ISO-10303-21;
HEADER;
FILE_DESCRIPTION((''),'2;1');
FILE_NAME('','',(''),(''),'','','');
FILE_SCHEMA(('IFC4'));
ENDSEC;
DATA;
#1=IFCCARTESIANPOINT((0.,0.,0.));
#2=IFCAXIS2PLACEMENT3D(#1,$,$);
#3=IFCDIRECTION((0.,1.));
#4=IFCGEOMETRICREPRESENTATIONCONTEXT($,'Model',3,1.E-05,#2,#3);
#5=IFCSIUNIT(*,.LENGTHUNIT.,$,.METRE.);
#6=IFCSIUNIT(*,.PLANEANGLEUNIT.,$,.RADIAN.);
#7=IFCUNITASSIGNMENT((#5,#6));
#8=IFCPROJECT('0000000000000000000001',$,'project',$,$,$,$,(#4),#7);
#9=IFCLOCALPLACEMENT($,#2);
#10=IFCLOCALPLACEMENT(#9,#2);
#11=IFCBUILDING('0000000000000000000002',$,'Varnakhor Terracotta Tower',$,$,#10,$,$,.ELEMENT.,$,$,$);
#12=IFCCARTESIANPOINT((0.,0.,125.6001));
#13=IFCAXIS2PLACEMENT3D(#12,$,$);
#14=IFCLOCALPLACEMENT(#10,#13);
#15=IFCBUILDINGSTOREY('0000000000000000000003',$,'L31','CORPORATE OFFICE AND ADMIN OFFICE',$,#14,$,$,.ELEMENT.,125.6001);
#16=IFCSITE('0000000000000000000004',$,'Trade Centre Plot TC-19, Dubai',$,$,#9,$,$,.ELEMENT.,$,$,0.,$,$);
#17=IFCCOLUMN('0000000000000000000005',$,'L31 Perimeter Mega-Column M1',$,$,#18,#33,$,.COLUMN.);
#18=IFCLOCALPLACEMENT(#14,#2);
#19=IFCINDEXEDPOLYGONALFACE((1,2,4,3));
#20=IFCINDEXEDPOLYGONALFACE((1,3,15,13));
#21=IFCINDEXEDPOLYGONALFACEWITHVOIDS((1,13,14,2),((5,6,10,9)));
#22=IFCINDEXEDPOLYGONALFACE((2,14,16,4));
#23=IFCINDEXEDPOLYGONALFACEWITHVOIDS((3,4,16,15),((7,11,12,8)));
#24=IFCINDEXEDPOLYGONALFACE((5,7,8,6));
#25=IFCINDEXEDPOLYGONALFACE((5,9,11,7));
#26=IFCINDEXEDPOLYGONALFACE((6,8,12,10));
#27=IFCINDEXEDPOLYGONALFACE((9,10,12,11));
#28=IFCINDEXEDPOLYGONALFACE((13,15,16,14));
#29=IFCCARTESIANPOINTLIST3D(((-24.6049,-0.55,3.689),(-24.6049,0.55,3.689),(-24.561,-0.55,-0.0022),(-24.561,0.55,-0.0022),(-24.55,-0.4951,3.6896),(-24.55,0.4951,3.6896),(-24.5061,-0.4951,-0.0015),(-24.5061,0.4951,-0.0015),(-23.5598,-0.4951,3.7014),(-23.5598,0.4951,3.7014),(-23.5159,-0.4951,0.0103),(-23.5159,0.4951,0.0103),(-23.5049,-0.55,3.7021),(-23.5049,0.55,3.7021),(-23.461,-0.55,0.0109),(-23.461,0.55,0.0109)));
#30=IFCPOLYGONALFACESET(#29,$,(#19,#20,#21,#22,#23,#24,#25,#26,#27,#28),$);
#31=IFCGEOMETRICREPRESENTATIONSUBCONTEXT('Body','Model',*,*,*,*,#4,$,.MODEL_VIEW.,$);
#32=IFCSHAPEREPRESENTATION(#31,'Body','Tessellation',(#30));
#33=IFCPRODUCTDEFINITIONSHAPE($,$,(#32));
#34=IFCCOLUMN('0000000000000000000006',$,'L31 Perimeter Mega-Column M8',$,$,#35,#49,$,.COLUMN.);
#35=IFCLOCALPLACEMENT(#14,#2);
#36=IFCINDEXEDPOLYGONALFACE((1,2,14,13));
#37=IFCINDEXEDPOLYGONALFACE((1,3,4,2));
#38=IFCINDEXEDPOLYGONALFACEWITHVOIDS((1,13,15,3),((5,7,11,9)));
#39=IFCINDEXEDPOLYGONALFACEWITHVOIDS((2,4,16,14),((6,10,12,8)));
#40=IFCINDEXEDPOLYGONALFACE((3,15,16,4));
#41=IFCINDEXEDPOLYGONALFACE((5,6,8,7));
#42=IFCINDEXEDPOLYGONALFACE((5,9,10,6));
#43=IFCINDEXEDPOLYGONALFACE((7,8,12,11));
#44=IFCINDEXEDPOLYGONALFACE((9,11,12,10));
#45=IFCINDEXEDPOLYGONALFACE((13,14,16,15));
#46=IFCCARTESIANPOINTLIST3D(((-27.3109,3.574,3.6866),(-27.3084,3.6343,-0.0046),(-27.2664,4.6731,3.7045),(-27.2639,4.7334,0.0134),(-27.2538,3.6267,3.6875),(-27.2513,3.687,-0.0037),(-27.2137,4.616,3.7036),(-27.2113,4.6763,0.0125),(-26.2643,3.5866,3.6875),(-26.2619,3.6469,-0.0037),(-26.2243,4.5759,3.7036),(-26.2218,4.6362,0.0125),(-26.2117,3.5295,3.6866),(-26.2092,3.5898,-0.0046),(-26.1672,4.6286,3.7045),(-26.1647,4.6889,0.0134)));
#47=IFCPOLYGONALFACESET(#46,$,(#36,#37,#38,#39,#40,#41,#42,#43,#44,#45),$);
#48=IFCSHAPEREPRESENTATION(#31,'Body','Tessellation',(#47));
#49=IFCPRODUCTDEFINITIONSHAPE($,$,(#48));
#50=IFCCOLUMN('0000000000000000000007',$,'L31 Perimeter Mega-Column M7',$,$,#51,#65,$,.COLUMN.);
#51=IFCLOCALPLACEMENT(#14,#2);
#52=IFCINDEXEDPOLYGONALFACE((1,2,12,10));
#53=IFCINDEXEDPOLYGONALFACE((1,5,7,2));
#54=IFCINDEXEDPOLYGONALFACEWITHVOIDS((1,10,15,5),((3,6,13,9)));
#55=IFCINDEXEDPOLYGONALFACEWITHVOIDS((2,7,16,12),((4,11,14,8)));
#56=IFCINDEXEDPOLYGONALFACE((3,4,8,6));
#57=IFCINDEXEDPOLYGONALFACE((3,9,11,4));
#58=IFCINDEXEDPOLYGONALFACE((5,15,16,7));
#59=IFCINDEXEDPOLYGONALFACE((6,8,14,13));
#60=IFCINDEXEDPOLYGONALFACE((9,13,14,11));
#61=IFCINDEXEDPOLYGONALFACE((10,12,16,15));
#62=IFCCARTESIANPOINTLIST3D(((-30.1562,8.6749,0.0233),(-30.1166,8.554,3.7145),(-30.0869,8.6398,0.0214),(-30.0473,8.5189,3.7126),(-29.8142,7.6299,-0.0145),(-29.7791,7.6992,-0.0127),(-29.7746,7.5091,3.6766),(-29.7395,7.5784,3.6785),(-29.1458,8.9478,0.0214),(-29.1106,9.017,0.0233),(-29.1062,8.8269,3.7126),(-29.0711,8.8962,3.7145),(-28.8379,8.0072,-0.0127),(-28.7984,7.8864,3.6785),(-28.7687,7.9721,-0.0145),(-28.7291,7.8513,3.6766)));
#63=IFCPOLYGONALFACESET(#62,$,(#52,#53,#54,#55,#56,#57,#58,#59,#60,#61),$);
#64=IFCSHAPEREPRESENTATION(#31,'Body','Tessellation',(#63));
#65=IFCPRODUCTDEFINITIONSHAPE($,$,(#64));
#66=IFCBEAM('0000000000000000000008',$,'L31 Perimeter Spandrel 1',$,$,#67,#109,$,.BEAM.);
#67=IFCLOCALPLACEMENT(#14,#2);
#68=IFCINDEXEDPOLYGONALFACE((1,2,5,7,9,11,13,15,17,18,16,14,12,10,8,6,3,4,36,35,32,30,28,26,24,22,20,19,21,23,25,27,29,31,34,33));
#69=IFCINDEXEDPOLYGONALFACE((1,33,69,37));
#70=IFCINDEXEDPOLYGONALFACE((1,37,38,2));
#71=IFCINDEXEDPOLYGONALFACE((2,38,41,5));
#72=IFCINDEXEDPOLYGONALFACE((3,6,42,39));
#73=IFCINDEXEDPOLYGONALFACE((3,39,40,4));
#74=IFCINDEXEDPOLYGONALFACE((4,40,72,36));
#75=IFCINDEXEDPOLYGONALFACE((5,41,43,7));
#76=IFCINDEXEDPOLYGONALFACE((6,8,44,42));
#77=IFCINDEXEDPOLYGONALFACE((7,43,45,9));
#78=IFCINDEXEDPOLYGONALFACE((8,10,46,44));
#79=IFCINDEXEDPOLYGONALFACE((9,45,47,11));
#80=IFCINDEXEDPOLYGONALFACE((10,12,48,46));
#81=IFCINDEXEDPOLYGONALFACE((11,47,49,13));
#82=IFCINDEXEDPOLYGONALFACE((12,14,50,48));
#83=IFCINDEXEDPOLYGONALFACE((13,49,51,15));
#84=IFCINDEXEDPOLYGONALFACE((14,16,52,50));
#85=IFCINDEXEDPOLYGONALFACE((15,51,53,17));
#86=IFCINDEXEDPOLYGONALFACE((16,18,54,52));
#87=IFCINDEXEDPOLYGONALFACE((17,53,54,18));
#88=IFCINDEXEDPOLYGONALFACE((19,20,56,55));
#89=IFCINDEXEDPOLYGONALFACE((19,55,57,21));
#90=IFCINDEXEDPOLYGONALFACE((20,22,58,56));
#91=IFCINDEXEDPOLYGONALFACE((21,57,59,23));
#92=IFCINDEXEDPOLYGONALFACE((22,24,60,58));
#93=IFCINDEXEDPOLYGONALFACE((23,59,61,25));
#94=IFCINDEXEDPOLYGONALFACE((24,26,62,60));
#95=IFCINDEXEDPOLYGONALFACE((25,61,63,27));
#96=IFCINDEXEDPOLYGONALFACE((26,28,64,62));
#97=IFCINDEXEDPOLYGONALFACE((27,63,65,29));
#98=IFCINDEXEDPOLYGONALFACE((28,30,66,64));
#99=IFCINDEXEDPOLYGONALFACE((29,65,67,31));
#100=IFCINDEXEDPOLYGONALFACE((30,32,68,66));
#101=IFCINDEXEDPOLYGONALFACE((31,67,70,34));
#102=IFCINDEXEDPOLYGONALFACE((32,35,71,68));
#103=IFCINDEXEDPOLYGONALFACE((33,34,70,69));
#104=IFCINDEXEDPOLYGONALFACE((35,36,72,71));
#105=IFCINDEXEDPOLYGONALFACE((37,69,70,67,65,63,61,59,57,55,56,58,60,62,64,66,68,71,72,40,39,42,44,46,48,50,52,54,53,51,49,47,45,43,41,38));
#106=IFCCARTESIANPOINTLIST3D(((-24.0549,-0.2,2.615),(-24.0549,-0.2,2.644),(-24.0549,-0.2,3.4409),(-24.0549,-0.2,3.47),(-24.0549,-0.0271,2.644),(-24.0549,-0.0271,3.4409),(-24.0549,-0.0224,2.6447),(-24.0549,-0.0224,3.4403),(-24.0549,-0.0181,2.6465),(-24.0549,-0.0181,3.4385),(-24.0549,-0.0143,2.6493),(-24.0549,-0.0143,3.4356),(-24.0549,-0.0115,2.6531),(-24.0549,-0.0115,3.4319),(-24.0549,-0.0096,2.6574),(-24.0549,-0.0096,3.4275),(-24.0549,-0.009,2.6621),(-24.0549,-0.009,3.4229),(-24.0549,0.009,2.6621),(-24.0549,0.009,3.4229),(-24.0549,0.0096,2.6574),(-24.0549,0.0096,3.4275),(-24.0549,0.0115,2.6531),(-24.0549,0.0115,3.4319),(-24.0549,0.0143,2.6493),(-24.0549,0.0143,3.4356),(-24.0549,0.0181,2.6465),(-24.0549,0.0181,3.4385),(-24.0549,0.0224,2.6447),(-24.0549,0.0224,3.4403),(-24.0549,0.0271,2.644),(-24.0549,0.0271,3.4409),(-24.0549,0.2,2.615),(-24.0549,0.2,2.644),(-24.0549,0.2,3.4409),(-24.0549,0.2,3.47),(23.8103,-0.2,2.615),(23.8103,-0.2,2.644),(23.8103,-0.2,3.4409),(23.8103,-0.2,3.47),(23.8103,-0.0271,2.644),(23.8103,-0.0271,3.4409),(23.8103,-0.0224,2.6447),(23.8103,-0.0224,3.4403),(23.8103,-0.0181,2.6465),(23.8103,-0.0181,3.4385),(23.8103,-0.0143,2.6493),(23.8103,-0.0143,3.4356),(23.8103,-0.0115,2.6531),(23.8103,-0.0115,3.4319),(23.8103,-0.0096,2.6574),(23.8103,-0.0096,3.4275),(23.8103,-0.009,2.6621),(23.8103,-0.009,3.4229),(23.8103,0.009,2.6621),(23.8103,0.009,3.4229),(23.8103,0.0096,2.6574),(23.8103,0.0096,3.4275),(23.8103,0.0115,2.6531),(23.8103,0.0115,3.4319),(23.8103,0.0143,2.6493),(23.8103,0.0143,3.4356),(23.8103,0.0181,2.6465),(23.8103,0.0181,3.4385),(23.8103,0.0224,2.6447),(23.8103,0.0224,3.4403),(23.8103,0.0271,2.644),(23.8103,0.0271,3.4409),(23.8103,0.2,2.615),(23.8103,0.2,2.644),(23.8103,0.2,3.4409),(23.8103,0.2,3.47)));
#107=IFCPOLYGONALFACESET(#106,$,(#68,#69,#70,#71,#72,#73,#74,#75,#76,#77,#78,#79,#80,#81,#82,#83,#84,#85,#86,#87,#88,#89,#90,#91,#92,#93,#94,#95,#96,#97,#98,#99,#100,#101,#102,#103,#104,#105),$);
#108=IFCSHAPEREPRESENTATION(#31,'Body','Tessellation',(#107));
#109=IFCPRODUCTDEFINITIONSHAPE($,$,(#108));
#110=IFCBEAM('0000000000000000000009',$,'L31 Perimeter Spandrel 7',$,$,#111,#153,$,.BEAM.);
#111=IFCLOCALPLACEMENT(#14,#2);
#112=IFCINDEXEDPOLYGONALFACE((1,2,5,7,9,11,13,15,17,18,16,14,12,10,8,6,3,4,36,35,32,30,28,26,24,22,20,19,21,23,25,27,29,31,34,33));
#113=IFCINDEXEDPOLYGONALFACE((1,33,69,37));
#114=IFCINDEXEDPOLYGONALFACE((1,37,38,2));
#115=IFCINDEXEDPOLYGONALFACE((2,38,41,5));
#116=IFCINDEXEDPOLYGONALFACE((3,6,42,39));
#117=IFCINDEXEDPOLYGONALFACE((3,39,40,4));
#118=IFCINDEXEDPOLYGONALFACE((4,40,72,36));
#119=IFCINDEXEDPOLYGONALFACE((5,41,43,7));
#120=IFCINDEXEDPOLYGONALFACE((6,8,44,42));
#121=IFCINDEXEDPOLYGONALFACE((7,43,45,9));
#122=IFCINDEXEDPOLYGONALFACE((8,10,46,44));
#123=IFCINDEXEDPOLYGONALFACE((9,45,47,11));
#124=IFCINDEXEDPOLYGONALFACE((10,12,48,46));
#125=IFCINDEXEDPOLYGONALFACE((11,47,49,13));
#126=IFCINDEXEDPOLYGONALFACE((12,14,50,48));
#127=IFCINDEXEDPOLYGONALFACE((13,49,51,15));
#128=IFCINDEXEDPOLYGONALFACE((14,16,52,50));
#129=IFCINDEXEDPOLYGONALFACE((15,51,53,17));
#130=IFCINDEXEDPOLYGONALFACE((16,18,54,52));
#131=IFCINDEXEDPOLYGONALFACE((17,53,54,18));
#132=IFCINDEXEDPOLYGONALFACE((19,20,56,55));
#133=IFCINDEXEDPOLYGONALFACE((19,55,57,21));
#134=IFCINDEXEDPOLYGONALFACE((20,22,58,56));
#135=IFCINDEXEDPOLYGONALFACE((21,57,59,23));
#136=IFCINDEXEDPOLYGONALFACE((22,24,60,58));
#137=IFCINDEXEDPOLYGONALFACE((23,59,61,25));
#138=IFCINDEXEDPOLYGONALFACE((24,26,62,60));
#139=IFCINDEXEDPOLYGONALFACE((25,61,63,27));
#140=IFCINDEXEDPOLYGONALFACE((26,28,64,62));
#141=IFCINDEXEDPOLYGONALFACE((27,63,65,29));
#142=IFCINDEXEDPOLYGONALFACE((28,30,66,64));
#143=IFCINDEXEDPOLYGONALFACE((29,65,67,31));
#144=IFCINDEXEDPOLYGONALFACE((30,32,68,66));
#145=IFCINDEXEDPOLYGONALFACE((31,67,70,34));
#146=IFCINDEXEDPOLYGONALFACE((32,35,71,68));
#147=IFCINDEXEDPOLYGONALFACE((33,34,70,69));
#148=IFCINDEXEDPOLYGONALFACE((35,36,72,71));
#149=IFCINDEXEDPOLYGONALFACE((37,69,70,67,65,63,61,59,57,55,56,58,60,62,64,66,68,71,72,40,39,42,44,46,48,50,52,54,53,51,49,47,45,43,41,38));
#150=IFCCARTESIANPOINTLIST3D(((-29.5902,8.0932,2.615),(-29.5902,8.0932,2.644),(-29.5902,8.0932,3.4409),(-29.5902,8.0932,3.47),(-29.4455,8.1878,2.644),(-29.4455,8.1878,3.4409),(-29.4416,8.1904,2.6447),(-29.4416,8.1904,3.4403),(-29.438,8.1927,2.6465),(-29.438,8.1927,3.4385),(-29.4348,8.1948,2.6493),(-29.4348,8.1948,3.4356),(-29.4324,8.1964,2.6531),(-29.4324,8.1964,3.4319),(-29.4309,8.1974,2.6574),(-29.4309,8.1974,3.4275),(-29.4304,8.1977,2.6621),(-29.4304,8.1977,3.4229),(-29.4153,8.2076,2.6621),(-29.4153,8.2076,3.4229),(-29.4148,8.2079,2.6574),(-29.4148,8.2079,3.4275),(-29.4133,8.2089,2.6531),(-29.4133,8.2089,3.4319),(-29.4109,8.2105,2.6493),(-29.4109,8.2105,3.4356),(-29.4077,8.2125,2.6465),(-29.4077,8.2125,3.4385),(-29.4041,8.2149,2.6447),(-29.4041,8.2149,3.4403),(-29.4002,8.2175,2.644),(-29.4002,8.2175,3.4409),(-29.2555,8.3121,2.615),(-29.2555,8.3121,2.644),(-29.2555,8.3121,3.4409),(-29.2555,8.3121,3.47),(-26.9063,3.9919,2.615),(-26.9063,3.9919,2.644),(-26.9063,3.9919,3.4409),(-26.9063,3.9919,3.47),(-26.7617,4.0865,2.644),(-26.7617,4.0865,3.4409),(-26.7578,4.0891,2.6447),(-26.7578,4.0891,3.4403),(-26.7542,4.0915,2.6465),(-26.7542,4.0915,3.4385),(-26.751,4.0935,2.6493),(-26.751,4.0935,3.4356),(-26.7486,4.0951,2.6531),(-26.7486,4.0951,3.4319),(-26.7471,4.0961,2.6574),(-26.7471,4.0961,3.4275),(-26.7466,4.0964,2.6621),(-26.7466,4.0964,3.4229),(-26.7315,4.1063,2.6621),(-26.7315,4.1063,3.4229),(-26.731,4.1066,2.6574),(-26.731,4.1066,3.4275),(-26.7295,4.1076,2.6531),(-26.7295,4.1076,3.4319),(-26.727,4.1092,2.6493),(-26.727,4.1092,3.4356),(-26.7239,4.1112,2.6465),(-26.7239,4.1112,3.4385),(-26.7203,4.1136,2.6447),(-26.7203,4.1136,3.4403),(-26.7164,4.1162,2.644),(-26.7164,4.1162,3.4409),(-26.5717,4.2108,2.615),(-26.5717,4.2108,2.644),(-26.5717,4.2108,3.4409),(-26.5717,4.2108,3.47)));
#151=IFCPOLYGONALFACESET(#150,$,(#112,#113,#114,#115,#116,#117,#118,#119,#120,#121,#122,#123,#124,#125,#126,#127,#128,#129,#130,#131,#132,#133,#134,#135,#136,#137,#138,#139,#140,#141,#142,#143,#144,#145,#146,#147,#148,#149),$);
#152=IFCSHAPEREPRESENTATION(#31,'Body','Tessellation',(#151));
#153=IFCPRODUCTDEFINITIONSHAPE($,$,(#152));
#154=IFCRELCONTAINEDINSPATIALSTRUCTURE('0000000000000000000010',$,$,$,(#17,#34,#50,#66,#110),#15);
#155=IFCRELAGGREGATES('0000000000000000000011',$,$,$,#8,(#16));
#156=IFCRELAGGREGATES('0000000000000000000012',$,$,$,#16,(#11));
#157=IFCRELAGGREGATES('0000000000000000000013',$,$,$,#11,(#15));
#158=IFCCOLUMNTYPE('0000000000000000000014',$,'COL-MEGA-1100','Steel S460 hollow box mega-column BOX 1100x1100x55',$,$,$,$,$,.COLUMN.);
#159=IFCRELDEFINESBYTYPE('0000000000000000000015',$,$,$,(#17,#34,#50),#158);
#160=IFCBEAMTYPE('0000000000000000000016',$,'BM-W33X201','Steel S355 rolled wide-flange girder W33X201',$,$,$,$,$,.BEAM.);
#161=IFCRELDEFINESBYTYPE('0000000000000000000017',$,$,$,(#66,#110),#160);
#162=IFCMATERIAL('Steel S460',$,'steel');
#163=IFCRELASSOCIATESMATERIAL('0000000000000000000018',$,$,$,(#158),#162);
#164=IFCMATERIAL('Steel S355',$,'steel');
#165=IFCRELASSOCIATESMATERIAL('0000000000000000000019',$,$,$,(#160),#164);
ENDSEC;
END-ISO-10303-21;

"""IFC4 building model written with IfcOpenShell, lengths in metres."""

from ifc_helpers import new_model, si_unit, direction, frame, origin, origin_2d, place, context, subcontext, project, spatial, hollow_rectangle, i_section, extrude, source, transform, mapped, material, material_profile, profile_set, type_object, element, save


model = new_model("IFC4")

# Units and contexts
model_context = context("Model", 3, precision=1e-05, world=origin(), true_north=direction((0.0, 1.0)))
body_context = subcontext(model_context, "Body", "Model", "MODEL_VIEW")
ifc_project = project(units=[si_unit("LENGTHUNIT", "METRE"), si_unit("PLANEANGLEUNIT", "RADIAN")], contexts=[model_context])

# Site, building, storey
site_placement = place(None, origin())
site = spatial("IfcSite", under=ifc_project, at=site_placement, Name="Trade Centre Plot TC-19, Dubai", CompositionType="ELEMENT", RefElevation=0.0)
building_placement = place(site_placement, origin())
building = spatial("IfcBuilding", under=site, at=building_placement, Name="Varnakhor Terracotta Tower", CompositionType="ELEMENT")
storey_placement = place(building_placement, frame((0.0, 0.0, 125.6001)))
storey = spatial("IfcBuildingStorey", under=building, at=storey_placement, Name="L31", Description="CORPORATE OFFICE AND ADMIN OFFICE", CompositionType="ELEMENT", Elevation=125.6001)

# Columns
ifc_material_1 = material(Name="Steel S460", Category="steel")
ifc_material_profile_1 = material_profile(ifc_material_1, hollow_rectangle(XDim=1.1001, YDim=1.1001, WallThickness=0.0549, at=origin_2d()), Name="BOX 1100x1100x55")
ifc_profile_set_1 = profile_set([ifc_material_profile_1], Name="Steel S460")
column_type = type_object("IfcColumnType", Name="COL-MEGA-1100", Description="Steel S460 hollow box mega-column BOX 1100x1100x55", PredefinedType="COLUMN", material=ifc_profile_set_1)
shared_shape_1 = source(origin(), body_context, "Body", "SweptSolid", [
    extrude(hollow_rectangle(XDim=1.1001, YDim=1.1001, WallThickness=0.0549, at=origin_2d()), origin(), (0.0, 0.0, 1.0), 3.6914),
])
column_1_placement = place(storey_placement, frame((-24.011, 0.0, 0.0044), z_axis=(-0.011905, 0.0, 0.999929), x_axis=(0.0, -1.0, 0.0)))
element("IfcColumn", 1, at=column_1_placement, inside=storey, type_object=column_type, Name="L31 Perimeter Mega-Column M1", PredefinedType="COLUMN", context=body_context, shape_type="MappedRepresentation", body=[
    mapped(shared_shape_1, transform((0.0, 0.0, 0.0), scale=1.0)),
])
shared_shape_2 = source(origin(), body_context, "Body", "SweptSolid", [
    extrude(hollow_rectangle(XDim=1.1001, YDim=1.1001, WallThickness=0.0549, at=origin_2d()), origin(), (0.0, 0.0, 1.0), 3.6917),
])
column_2_placement = place(storey_placement, frame((-26.7366, 4.1616, 0.0044), z_axis=(-0.000661, -0.016335, 0.999866), x_axis=(0.999181, -0.040453, 0.0)))
element("IfcColumn", 2, at=column_2_placement, inside=storey, type_object=column_type, Name="L31 Perimeter Mega-Column M8", PredefinedType="COLUMN", context=body_context, shape_type="MappedRepresentation", body=[
    mapped(shared_shape_2, transform((0.0, 0.0, 0.0), scale=1.0)),
])
shared_shape_3 = source(origin(), body_context, "Body", "SweptSolid", [
    extrude(hollow_rectangle(XDim=1.1001, YDim=1.1001, WallThickness=0.0549, at=origin_2d()), origin(), (0.0, 0.0, 1.0), 3.6934),
])
column_3_placement = place(storey_placement, frame((-29.4624, 8.3235, 0.0044), z_axis=(0.010709, -0.032721, 0.999407), x_axis=(0.950397, 0.311039, 0.0)))
element("IfcColumn", 3, at=column_3_placement, inside=storey, type_object=column_type, Name="L31 Perimeter Mega-Column M7", PredefinedType="COLUMN", context=body_context, shape_type="MappedRepresentation", body=[
    mapped(shared_shape_3, transform((0.0, 0.0, 0.0), scale=1.0)),
])

# Beams
ifc_material_2 = material(Name="Steel S355", Category="steel")
ifc_material_profile_2 = material_profile(ifc_material_2, i_section(OverallWidth=0.3999, OverallDepth=0.855, WebThickness=0.0181, FlangeThickness=0.0291, FilletRadius=0.0181, at=origin_2d()), Name="W33X201")
ifc_profile_set_2 = profile_set([ifc_material_profile_2], Name="Steel S355")
beam_type_1 = type_object("IfcBeamType", Name="BM-W33X201", Description="Steel S355 rolled wide-flange girder W33X201", PredefinedType="BEAM", material=ifc_profile_set_2)
shared_shape_4 = source(origin(), body_context, "Body", "SweptSolid", [
    extrude(i_section(OverallWidth=0.3999, OverallDepth=0.855, WebThickness=0.0181, FlangeThickness=0.0291, FilletRadius=0.0181, at=origin_2d()), origin(), (0.0, 0.0, 1.0), 47.8652),
])
beam_1_placement = place(storey_placement, frame((-24.0549, 0.0, 3.0425), z_axis=(1.0, 0.0, 0.0), x_axis=(0.0, 1.0, 0.0)))
element("IfcBeam", 4, at=beam_1_placement, inside=storey, type_object=beam_type_1, Name="L31 Perimeter Spandrel 1", PredefinedType="BEAM", context=body_context, shape_type="MappedRepresentation", body=[
    mapped(shared_shape_4, transform((0.0, 0.0, 0.0), scale=1.0)),
])
shared_shape_5 = source(origin(), body_context, "Body", "SweptSolid", [
    extrude(i_section(OverallWidth=0.3999, OverallDepth=0.855, WebThickness=0.0181, FlangeThickness=0.0291, FilletRadius=0.0181, at=origin_2d()), origin(), (0.0, 0.0, 1.0), 4.9014),
])
beam_2_placement = place(storey_placement, frame((-29.4229, 8.2026, 3.0425), z_axis=(0.547565, -0.836763, 0.0), x_axis=(0.836763, 0.547565, 0.0)))
element("IfcBeam", 5, at=beam_2_placement, inside=storey, type_object=beam_type_1, Name="L31 Perimeter Spandrel 7", PredefinedType="BEAM", context=body_context, shape_type="MappedRepresentation", body=[
    mapped(shared_shape_5, transform((0.0, 0.0, 0.0), scale=1.0)),
])

save(model, "model.ifc")
